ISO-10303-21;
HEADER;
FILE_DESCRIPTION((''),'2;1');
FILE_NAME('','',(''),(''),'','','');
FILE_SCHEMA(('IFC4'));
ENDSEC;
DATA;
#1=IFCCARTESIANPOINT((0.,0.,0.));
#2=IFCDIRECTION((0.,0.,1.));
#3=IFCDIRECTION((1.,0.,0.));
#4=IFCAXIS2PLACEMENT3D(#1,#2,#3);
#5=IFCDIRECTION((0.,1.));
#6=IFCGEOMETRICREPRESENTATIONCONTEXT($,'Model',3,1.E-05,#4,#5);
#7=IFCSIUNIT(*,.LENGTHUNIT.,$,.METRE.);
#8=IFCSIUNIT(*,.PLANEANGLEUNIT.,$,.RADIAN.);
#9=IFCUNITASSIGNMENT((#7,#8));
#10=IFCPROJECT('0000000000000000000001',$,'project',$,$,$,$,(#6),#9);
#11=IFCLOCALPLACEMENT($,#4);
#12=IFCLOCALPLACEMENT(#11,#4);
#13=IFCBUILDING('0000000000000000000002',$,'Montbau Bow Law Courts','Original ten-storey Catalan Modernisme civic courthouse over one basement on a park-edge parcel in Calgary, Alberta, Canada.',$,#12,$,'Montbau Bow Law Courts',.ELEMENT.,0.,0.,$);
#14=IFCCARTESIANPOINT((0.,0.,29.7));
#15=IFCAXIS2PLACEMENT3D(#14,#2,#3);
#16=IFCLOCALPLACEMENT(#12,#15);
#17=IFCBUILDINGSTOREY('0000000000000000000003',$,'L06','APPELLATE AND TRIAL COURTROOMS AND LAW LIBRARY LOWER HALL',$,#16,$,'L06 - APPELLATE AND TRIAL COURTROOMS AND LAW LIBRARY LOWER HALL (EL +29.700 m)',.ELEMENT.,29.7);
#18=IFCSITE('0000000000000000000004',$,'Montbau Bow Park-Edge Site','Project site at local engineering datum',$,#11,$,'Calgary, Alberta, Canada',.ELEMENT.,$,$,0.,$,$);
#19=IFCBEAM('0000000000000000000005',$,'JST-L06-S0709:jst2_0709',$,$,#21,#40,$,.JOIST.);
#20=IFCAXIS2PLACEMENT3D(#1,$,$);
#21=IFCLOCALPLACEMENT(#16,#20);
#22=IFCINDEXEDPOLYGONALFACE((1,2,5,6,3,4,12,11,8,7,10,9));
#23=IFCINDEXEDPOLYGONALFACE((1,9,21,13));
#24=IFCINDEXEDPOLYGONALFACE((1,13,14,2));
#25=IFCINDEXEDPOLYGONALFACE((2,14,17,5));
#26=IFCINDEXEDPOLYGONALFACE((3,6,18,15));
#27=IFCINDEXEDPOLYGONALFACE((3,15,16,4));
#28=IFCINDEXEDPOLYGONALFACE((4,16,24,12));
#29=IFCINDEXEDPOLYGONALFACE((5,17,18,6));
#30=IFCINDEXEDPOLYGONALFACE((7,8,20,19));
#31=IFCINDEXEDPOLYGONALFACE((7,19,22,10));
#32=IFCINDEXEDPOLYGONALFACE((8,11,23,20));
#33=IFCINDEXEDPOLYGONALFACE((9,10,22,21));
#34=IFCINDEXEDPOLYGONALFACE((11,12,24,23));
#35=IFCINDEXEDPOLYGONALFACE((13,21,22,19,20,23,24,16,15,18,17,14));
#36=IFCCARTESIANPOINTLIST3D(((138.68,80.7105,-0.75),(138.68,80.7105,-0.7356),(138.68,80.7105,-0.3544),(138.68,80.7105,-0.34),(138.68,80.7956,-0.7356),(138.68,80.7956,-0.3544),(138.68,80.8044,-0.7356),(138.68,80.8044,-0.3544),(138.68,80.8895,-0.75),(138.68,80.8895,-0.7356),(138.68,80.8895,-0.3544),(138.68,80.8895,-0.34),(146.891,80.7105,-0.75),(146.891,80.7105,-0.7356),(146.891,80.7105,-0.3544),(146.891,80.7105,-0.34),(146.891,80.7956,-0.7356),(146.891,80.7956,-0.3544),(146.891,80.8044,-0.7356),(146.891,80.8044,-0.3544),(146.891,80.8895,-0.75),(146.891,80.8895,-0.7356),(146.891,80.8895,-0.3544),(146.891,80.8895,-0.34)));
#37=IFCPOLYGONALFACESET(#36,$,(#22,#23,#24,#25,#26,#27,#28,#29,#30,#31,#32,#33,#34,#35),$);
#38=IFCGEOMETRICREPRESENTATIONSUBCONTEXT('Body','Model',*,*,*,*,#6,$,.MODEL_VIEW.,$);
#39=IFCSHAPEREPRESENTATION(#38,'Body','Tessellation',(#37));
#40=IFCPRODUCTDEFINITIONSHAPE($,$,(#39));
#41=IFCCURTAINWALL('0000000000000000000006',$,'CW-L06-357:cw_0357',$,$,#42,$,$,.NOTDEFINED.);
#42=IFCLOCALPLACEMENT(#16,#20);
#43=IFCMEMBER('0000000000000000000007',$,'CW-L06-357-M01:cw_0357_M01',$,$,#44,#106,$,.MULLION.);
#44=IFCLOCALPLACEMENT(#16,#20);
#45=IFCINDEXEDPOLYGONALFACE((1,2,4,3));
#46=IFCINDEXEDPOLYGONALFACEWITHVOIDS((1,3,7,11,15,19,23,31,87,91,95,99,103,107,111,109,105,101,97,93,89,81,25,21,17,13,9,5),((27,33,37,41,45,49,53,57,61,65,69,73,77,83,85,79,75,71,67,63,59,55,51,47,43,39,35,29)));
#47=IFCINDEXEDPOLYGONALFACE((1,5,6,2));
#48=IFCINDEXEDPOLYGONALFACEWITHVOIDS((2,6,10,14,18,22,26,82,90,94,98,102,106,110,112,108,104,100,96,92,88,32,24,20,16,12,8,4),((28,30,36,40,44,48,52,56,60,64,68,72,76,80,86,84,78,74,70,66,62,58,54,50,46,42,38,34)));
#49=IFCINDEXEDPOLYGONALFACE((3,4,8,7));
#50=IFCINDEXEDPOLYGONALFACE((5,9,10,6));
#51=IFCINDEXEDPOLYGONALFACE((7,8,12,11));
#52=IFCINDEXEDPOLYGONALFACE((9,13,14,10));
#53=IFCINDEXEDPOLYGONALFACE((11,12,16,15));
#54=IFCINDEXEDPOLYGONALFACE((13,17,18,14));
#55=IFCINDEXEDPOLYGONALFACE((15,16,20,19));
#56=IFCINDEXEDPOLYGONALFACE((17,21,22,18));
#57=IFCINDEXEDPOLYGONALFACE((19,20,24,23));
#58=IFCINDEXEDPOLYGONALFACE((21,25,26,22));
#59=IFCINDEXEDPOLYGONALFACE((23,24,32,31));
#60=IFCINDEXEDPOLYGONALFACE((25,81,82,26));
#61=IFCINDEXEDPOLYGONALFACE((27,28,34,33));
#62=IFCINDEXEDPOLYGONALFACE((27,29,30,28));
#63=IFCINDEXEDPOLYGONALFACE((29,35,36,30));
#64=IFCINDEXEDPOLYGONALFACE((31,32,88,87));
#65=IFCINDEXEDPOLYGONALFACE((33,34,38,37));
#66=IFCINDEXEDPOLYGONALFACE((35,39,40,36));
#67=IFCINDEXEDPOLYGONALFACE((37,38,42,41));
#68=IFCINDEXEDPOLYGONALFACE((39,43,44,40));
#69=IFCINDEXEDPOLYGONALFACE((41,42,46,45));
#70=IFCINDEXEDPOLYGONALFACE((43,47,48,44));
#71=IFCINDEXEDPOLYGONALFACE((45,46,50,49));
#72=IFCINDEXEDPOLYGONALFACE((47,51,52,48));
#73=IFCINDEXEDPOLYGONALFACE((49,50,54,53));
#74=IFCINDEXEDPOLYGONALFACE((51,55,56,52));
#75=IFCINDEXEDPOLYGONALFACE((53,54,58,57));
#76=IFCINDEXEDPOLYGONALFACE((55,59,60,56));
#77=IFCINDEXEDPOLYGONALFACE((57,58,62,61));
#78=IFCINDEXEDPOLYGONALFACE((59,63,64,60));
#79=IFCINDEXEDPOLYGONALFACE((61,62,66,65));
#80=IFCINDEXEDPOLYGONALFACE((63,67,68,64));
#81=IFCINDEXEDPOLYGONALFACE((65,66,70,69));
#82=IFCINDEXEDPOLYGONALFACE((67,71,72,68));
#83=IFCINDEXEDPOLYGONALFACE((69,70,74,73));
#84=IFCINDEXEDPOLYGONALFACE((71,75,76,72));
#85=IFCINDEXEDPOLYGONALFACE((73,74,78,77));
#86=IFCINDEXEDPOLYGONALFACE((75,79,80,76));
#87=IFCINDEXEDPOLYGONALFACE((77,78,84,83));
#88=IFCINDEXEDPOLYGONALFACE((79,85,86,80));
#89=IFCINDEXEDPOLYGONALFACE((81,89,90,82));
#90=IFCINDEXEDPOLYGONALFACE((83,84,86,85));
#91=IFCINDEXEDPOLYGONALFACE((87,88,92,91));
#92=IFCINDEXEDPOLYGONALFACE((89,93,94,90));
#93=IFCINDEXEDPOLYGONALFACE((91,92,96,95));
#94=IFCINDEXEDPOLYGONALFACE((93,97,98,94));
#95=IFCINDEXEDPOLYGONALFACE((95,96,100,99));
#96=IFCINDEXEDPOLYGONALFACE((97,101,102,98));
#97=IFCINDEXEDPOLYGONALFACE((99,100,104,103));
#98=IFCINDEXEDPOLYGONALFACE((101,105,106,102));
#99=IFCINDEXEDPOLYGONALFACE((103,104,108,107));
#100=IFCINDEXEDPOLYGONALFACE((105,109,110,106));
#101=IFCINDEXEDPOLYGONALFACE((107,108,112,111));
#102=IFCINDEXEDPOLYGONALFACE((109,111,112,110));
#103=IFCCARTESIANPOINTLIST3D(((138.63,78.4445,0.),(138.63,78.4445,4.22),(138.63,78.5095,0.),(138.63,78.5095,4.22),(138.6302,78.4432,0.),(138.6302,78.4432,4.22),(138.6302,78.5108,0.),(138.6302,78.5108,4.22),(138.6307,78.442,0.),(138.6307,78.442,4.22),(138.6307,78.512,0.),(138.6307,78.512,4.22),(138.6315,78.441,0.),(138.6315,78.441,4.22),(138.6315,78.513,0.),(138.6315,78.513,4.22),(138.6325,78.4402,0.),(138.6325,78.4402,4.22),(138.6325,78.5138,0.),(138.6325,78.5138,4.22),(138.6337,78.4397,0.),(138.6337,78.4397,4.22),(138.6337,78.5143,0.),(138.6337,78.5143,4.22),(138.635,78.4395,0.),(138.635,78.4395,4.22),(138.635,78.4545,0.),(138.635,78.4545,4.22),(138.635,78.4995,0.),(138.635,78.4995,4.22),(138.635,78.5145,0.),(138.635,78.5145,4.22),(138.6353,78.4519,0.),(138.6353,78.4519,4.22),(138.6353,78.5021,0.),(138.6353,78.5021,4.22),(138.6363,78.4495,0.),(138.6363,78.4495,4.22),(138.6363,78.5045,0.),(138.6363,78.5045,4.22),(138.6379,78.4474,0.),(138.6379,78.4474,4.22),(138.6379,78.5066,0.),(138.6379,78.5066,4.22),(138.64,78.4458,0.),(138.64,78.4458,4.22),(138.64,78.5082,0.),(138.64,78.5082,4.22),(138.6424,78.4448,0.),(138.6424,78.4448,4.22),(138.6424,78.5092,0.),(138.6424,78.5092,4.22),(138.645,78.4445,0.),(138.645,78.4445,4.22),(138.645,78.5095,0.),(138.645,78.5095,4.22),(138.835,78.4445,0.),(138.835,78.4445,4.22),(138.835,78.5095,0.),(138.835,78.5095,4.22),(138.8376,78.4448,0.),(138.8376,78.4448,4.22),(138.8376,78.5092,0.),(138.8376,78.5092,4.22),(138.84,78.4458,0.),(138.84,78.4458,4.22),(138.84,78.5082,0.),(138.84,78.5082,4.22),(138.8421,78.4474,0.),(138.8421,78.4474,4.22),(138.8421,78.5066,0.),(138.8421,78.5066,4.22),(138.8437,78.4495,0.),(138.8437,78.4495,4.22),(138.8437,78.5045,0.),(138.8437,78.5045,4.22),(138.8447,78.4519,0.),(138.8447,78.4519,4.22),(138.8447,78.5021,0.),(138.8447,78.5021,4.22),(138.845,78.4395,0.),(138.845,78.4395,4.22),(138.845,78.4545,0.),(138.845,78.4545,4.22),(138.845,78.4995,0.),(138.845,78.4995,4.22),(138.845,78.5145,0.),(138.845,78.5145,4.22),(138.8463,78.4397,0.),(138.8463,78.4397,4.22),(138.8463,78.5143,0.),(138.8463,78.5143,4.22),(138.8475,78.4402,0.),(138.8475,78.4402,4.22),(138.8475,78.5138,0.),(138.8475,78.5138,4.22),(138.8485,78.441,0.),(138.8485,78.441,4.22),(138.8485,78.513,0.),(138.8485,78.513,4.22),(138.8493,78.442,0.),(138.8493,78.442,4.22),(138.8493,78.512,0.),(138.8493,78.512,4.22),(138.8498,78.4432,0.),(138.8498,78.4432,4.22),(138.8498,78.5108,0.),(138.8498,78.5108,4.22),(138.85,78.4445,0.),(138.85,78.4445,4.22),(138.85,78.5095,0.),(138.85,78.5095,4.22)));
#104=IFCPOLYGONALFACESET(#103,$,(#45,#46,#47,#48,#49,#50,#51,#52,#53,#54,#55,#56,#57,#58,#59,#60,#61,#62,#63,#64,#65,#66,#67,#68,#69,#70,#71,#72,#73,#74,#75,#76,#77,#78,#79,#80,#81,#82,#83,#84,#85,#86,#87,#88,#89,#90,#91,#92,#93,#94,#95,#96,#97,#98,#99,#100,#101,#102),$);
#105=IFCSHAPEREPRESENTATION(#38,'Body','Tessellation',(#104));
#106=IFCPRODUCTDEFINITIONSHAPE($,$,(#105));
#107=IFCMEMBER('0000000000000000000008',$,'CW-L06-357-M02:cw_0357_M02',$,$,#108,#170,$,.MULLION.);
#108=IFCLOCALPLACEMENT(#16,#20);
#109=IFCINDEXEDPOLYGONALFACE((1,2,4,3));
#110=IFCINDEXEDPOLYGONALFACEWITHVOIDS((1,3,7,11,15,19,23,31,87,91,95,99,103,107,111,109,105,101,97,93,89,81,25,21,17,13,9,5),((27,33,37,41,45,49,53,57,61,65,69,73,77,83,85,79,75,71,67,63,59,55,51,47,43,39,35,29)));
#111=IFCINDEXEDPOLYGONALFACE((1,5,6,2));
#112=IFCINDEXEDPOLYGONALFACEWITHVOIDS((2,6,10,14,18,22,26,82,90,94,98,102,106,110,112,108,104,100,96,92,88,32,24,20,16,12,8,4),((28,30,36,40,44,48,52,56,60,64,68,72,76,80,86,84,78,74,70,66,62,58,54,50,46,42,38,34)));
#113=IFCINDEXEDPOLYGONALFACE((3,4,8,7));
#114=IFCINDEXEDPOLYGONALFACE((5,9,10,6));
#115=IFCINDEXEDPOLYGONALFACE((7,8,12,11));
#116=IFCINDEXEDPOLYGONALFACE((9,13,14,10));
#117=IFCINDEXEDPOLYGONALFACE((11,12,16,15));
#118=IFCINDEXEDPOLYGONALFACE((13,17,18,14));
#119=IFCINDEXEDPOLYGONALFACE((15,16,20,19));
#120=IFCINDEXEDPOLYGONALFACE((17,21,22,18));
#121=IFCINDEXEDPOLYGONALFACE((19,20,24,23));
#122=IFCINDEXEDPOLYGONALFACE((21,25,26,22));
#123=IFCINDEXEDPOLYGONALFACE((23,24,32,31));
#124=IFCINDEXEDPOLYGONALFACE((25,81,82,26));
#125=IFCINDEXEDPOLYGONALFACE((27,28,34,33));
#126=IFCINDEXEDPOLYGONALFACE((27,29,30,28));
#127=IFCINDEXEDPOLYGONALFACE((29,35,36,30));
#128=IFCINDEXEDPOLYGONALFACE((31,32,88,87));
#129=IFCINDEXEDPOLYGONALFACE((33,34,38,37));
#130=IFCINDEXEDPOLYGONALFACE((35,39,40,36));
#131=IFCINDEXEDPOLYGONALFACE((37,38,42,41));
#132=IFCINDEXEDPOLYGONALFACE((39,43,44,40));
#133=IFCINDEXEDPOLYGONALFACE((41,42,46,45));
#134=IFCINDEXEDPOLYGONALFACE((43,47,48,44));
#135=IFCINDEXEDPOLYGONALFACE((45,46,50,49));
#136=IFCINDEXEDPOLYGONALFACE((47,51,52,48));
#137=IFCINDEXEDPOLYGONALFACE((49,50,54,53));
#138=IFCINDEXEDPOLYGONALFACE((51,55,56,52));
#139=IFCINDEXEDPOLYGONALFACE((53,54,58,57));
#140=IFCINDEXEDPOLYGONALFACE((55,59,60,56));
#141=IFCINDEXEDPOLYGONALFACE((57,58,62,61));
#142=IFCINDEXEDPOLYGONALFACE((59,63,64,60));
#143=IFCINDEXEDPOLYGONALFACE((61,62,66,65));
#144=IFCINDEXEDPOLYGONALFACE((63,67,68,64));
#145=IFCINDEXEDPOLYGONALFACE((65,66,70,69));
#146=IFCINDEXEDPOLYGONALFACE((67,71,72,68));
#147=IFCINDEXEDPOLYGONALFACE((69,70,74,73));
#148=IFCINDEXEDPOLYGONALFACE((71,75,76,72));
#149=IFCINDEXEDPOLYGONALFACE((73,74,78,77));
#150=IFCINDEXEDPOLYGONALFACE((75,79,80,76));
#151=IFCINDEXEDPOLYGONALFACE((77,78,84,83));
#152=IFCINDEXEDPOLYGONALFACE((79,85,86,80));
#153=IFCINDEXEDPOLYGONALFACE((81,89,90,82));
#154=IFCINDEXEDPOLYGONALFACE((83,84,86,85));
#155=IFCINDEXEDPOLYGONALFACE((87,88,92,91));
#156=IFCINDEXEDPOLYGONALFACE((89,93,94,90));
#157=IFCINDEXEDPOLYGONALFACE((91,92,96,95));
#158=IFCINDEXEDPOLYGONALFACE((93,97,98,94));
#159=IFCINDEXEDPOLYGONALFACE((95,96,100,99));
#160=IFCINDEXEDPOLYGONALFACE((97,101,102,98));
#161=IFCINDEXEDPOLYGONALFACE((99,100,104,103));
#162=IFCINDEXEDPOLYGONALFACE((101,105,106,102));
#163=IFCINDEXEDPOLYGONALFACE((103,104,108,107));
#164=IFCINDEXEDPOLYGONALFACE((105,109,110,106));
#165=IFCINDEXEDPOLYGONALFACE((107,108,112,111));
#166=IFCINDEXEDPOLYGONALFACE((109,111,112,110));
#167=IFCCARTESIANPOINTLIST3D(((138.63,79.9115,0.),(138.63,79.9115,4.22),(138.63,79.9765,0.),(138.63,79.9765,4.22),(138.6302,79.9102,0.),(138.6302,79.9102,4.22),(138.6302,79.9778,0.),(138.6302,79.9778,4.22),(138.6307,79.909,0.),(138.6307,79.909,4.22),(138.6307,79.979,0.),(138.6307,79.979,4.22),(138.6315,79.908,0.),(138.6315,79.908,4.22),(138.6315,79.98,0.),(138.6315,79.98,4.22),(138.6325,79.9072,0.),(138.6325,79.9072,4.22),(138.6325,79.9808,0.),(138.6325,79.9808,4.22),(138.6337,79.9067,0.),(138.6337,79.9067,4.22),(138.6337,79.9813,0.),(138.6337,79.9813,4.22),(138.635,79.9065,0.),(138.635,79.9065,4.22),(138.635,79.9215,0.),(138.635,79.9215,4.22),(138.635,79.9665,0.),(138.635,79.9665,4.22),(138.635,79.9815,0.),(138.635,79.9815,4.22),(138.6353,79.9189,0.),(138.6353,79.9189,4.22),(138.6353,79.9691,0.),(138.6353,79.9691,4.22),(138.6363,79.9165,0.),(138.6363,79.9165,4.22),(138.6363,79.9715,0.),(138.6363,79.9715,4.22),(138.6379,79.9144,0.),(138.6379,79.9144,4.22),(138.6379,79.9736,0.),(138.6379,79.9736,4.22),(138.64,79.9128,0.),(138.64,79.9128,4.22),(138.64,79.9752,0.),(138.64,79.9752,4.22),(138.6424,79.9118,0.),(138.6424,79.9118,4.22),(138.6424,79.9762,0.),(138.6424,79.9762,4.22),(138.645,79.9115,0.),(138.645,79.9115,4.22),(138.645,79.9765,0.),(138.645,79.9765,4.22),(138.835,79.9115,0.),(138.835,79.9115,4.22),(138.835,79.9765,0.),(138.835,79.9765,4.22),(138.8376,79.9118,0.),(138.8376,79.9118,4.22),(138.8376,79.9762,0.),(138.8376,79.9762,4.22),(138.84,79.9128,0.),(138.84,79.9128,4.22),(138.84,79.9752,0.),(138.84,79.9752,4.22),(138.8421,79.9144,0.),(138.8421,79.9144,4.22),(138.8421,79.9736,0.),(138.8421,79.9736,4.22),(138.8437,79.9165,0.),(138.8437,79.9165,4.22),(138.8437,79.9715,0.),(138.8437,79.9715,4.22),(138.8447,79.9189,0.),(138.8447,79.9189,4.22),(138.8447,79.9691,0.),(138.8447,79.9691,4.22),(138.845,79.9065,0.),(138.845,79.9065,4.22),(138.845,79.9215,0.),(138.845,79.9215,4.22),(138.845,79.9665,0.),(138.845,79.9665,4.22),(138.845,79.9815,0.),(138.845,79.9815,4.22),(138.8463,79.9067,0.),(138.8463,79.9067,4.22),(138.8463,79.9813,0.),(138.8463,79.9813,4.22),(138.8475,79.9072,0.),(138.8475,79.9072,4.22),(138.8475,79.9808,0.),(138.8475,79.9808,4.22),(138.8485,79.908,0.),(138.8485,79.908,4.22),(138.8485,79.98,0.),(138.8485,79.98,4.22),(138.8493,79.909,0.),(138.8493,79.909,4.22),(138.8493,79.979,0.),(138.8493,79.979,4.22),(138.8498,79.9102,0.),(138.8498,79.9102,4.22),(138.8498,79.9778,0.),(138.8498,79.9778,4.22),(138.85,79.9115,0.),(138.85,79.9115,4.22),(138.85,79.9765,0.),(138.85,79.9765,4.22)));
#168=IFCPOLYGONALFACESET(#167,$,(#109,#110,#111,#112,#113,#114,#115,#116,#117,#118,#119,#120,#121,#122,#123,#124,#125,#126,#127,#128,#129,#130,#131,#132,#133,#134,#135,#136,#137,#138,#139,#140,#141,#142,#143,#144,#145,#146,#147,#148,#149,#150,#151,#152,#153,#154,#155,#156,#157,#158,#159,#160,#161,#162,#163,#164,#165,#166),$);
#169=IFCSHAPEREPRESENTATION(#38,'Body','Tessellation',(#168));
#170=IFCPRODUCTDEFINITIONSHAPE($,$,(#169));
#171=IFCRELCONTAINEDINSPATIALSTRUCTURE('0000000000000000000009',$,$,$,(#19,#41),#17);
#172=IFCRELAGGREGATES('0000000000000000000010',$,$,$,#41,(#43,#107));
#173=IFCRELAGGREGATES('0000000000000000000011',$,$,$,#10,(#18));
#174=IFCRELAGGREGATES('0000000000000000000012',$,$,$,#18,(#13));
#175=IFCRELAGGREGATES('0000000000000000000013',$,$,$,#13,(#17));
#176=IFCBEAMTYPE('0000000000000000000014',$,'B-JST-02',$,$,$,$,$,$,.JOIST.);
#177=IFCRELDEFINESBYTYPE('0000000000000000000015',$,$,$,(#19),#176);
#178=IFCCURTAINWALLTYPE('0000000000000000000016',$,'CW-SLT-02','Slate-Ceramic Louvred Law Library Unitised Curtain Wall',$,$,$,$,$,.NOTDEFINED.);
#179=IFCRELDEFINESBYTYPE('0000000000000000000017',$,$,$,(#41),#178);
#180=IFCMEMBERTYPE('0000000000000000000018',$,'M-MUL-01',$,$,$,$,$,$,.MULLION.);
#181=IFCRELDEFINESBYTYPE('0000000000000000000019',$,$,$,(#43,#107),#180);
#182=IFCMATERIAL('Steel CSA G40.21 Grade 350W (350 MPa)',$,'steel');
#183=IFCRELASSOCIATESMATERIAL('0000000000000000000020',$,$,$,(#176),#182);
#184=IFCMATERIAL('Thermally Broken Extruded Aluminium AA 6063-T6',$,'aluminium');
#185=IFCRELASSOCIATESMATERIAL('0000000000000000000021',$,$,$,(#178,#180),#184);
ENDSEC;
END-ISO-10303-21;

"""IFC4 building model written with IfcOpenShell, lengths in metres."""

from ifc_helpers import new_model, si_unit, direction, frame, origin_with_axes, origin_2d_with_axis, place, context, subcontext, project, spatial, hollow_rectangle, i_section, extrude, material, material_profile, profile_set, type_object, element, aggregate, save


model = new_model("IFC4")

# Units and contexts
model_context = context("Model", 3, precision=1e-05, world=origin_with_axes(), true_north=direction((0.0, 1.0)))
body_context = subcontext(model_context, "Body", "Model", "MODEL_VIEW")
ifc_project = project(units=[si_unit("LENGTHUNIT", "METRE"), si_unit("PLANEANGLEUNIT", "RADIAN")], contexts=[model_context])

# Site, building, storey
site_placement = place(None, origin_with_axes())
site = spatial("IfcSite", under=ifc_project, at=site_placement, Name="Montbau Bow Park-Edge Site", Description="Project site at local engineering datum", LongName="Calgary, Alberta, Canada", CompositionType="ELEMENT", RefElevation=0.0)
building_placement = place(site_placement, origin_with_axes())
building = spatial("IfcBuilding", under=site, at=building_placement, Name="Montbau Bow Law Courts", Description="Original ten-storey Catalan Modernisme civic courthouse over one basement on a park-edge parcel in Calgary, Alberta, Canada.", LongName="Montbau Bow Law Courts", CompositionType="ELEMENT", ElevationOfRefHeight=0.0, ElevationOfTerrain=0.0)
storey_placement = place(building_placement, frame((0.0, 0.0, 29.7), z_axis=(0.0, 0.0, 1.0), x_axis=(1.0, 0.0, 0.0)))
storey = spatial("IfcBuildingStorey", under=building, at=storey_placement, Name="L06", Description="APPELLATE AND TRIAL COURTROOMS AND LAW LIBRARY LOWER HALL", LongName="L06 - APPELLATE AND TRIAL COURTROOMS AND LAW LIBRARY LOWER HALL (EL +29.700 m)", CompositionType="ELEMENT", Elevation=29.7)

# Beam
ifc_material_1 = material(Name="Steel CSA G40.21 Grade 350W (350 MPa)", Category="steel")
ifc_material_profile_1 = material_profile(ifc_material_1, i_section(OverallWidth=0.179, OverallDepth=0.41, WebThickness=0.0088, FlangeThickness=0.0144, at=origin_2d_with_axis()), Name="W410X67", Category="Main", Priority=0)
ifc_profile_set_1 = profile_set([ifc_material_profile_1], Name="Steel CSA G40.21 Grade 350W (350 MPa)")
beam_type = type_object("IfcBeamType", Name="B-JST-02", PredefinedType="JOIST", material=ifc_profile_set_1)
beam_placement = place(None, frame((138.68, 80.8, 29.155), z_axis=(1.0, 0.0, 0.0), x_axis=(0.0, 1.0, 0.0)))
element("IfcBeam", 1, at=beam_placement, inside=storey, type_object=beam_type, Name="JST-L06-S0709:jst2_0709", PredefinedType="JOIST", context=body_context, shape_type="SweptSolid", body=[
    extrude(i_section(OverallWidth=0.179, OverallDepth=0.41, WebThickness=0.0088, FlangeThickness=0.0144, at=origin_2d_with_axis()), origin_with_axes(), (0.0, 0.0, 1.0), 8.211),
])

# Curtain wall, members
ifc_material_2 = material(Name="Thermally Broken Extruded Aluminium AA 6063-T6", Category="aluminium")
curtain_wall_type = type_object("IfcCurtainWallType", Name="CW-SLT-02", Description="Slate-Ceramic Louvred Law Library Unitised Curtain Wall", PredefinedType="NOTDEFINED", material=ifc_material_2)
curtain_wall_placement = place(None, frame((138.74, 78.44, 29.7), z_axis=(0.0, 0.0, 1.0), x_axis=(1.0, 0.0, 0.0)))
curtain_wall = element("IfcCurtainWall", 2, at=curtain_wall_placement, inside=storey, type_object=curtain_wall_type, Name="CW-L06-357:cw_0357", PredefinedType="NOTDEFINED")
ifc_material_profile_2 = material_profile(ifc_material_2, hollow_rectangle(XDim=0.075, YDim=0.22, WallThickness=0.005, InnerFilletRadius=0.01, OuterFilletRadius=0.005, at=origin_2d_with_axis()), Name="CWM-220X75", Category="Main", Priority=0)
ifc_profile_set_2 = profile_set([ifc_material_profile_2], Name="Thermally Broken Extruded Aluminium AA 6063-T6")
member_type_1 = type_object("IfcMemberType", Name="M-MUL-01", PredefinedType="MULLION", material=ifc_profile_set_2)
member_1_placement = place(None, frame((138.74, 78.477, 29.7), z_axis=(0.0, 0.0, 1.0), x_axis=(0.0, 1.0, 0.0)))
member_1 = element("IfcMember", 3, at=member_1_placement, type_object=member_type_1, Name="CW-L06-357-M01:cw_0357_M01", PredefinedType="MULLION", context=body_context, shape_type="SweptSolid", body=[
    extrude(hollow_rectangle(XDim=0.075, YDim=0.22, WallThickness=0.005, InnerFilletRadius=0.01, OuterFilletRadius=0.005, at=origin_2d_with_axis()), origin_with_axes(), (0.0, 0.0, 1.0), 4.22),
])
member_2_placement = place(None, frame((138.74, 79.944, 29.7), z_axis=(0.0, 0.0, 1.0), x_axis=(0.0, 1.0, 0.0)))
member_2 = element("IfcMember", 4, at=member_2_placement, type_object=member_type_1, Name="CW-L06-357-M02:cw_0357_M02", PredefinedType="MULLION", context=body_context, shape_type="SweptSolid", body=[
    extrude(hollow_rectangle(XDim=0.075, YDim=0.22, WallThickness=0.005, InnerFilletRadius=0.01, OuterFilletRadius=0.005, at=origin_2d_with_axis()), origin_with_axes(), (0.0, 0.0, 1.0), 4.22),
])
aggregate(curtain_wall, [member_1, member_2])

save(model, "model.ifc")
